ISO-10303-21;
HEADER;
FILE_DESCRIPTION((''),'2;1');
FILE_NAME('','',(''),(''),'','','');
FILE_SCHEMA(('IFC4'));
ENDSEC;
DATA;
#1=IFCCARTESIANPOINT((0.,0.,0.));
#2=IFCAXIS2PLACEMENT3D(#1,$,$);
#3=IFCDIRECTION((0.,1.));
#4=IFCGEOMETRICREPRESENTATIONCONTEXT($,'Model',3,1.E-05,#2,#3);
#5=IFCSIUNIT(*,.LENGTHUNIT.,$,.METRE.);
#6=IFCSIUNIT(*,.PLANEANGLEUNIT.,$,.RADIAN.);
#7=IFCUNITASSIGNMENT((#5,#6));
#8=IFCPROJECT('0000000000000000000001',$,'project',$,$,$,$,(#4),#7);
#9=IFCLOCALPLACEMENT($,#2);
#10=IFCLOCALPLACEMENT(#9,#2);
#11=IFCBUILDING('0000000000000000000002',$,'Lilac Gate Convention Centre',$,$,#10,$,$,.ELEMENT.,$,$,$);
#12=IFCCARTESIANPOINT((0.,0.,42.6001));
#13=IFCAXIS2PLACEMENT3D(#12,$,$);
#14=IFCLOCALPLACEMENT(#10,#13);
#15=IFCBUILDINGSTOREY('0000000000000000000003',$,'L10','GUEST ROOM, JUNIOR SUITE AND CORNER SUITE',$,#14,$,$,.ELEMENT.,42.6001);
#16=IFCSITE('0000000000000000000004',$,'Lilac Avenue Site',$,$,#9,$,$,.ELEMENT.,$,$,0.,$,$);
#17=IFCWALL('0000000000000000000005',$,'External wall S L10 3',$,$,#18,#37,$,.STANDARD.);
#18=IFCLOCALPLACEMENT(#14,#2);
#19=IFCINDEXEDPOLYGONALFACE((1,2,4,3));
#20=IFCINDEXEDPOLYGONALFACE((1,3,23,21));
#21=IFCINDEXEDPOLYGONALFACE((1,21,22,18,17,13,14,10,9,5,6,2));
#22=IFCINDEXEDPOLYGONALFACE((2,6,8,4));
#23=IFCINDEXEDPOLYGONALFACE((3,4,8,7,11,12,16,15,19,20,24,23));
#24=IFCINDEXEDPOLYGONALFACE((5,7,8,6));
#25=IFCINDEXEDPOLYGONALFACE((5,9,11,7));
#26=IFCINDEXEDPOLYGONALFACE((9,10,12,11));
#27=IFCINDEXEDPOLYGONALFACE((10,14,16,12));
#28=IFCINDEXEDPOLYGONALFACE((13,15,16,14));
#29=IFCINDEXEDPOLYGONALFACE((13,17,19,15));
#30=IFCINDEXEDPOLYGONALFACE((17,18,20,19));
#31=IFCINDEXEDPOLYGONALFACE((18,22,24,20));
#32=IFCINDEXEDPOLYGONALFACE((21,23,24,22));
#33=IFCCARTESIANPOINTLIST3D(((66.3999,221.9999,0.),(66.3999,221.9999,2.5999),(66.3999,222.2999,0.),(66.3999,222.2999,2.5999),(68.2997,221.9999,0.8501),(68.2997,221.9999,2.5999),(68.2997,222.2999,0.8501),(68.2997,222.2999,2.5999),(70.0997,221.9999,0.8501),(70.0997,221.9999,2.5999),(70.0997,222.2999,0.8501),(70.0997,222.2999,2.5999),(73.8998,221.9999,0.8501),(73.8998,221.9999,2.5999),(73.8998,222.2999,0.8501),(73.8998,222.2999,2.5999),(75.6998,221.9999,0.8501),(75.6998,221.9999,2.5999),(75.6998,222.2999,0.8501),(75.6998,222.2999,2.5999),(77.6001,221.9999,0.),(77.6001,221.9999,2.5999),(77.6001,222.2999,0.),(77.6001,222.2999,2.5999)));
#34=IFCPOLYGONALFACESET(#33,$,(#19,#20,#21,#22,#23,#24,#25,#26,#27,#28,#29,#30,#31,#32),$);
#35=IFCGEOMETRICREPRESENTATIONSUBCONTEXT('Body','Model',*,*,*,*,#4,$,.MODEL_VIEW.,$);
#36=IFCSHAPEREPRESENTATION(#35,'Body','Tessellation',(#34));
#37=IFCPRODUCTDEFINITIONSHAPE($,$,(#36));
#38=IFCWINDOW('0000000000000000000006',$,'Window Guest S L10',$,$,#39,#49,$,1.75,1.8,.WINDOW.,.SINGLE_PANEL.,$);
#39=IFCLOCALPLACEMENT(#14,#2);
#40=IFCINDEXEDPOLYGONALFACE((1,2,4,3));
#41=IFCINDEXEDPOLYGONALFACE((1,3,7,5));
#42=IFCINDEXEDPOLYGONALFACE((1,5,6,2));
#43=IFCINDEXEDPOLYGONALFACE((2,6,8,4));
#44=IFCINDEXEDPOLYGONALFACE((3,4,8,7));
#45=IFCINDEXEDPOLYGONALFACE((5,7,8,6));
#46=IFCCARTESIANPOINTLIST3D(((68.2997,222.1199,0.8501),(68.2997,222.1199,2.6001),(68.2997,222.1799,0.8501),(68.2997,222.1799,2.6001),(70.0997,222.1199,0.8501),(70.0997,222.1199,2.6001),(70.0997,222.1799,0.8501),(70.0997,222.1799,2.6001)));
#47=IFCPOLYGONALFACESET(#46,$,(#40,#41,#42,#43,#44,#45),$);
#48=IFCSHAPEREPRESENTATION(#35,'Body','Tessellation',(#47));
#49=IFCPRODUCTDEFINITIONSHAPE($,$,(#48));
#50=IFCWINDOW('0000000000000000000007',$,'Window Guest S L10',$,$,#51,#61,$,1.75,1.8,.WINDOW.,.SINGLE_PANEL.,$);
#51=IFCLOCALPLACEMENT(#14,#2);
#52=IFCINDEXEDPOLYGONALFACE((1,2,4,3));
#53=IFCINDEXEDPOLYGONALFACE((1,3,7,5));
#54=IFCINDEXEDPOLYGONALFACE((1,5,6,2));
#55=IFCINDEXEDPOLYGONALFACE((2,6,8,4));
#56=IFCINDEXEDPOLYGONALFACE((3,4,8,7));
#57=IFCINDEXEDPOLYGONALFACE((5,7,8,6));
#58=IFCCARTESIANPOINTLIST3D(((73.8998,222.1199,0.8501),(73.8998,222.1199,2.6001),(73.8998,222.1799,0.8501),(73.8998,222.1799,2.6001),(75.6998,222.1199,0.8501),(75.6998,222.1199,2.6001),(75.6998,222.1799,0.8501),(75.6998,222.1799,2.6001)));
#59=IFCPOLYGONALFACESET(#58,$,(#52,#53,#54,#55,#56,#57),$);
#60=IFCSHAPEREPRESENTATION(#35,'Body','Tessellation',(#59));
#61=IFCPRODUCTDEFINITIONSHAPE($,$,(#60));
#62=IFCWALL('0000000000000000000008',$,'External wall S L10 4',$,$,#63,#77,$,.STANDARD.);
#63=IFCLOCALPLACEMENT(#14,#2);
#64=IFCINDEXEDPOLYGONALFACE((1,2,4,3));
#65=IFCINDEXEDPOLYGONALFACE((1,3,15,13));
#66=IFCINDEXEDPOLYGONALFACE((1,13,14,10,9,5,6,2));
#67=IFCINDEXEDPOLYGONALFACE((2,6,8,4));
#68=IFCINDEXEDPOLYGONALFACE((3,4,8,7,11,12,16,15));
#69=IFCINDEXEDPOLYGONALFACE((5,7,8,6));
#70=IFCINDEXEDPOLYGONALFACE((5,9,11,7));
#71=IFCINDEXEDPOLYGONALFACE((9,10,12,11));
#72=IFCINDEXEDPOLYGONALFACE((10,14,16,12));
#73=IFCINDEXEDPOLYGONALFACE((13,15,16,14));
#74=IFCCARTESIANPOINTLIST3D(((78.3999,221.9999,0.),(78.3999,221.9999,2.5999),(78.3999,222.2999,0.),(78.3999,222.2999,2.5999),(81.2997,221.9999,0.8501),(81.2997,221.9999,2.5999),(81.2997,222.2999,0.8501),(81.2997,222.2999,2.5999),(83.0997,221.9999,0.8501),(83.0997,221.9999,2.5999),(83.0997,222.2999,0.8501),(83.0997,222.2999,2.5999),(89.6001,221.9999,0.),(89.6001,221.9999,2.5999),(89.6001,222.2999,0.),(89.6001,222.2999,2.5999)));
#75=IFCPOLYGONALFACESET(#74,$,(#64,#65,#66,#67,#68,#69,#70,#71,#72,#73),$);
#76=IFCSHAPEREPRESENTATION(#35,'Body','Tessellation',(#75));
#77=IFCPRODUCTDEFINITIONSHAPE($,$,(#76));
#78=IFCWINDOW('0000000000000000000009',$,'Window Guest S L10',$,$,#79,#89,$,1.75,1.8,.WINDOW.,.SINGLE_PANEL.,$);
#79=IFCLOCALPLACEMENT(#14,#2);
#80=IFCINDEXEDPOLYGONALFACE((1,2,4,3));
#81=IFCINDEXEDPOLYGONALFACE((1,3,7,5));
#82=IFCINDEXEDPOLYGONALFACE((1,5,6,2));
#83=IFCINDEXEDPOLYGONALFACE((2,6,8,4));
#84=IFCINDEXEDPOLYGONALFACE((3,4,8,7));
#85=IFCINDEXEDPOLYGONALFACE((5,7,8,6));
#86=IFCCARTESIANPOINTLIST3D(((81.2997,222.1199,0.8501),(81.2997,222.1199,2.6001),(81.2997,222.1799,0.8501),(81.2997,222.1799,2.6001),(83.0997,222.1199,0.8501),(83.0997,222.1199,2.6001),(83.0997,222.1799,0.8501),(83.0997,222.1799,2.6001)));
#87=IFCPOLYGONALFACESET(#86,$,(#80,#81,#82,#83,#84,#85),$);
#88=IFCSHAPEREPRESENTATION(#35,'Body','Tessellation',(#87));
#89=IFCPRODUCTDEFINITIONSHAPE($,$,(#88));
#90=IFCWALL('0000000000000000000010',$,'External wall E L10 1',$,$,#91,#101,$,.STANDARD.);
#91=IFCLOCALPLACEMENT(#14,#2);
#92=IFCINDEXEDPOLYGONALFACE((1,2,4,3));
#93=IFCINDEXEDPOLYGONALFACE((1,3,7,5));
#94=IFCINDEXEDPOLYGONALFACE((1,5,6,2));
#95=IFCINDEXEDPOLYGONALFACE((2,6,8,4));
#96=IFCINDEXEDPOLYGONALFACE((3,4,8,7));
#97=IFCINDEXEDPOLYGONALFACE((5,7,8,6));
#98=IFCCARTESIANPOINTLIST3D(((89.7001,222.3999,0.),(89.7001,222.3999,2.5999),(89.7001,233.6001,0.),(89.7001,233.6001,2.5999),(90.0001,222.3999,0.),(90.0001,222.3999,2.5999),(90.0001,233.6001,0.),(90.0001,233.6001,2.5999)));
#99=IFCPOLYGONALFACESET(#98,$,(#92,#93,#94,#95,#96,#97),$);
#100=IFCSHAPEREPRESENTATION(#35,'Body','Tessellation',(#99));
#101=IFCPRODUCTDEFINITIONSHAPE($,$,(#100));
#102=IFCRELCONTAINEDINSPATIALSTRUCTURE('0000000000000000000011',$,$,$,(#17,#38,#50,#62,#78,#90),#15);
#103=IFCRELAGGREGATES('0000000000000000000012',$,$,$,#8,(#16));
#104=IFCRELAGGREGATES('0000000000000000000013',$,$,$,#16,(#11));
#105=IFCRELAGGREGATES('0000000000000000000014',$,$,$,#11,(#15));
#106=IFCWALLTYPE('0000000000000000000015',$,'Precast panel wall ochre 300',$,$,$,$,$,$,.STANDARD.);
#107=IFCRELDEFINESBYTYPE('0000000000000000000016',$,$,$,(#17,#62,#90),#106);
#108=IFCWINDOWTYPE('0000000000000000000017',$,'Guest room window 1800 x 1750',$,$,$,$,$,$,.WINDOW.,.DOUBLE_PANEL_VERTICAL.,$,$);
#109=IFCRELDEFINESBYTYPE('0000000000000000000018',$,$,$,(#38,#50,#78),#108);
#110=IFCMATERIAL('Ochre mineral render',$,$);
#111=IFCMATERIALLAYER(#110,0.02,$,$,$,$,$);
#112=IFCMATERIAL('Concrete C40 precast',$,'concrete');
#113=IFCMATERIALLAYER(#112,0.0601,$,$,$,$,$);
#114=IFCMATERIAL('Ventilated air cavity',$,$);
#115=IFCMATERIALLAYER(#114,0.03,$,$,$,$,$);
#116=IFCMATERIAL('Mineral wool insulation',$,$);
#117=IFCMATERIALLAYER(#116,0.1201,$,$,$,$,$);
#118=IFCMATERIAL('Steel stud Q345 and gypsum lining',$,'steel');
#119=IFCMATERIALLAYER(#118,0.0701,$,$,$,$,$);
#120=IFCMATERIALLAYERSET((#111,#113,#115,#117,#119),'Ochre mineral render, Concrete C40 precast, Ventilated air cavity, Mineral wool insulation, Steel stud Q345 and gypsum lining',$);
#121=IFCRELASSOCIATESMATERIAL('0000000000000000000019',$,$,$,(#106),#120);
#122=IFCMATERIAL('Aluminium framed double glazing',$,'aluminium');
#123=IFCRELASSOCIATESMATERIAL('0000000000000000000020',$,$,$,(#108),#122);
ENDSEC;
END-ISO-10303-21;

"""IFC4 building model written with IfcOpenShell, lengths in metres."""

from ifc_helpers import new_model, si_unit, direction, frame, frame_2d, origin, place, context, subcontext, project, spatial, rectangle, extrude, material, layer, layer_set, type_object, element, fill, save


model = new_model("IFC4")

# Units and contexts
model_context = context("Model", 3, precision=1e-05, world=origin(), true_north=direction((0.0, 1.0)))
body_context = subcontext(model_context, "Body", "Model", "MODEL_VIEW")
ifc_project = project(units=[si_unit("LENGTHUNIT", "METRE"), si_unit("PLANEANGLEUNIT", "RADIAN")], contexts=[model_context])

# Site, building, storey
site_placement = place(None, origin())
site = spatial("IfcSite", under=ifc_project, at=site_placement, Name="Lilac Avenue Site", CompositionType="ELEMENT", RefElevation=0.0)
building_placement = place(site_placement, origin())
building = spatial("IfcBuilding", under=site, at=building_placement, Name="Lilac Gate Convention Centre", CompositionType="ELEMENT")
storey_placement = place(building_placement, frame((0.0, 0.0, 42.6001)))
storey = spatial("IfcBuildingStorey", under=building, at=storey_placement, Name="L10", Description="GUEST ROOM, JUNIOR SUITE AND CORNER SUITE", CompositionType="ELEMENT", Elevation=42.6001)

# Shared definitions
ifc_material_1 = material(Name="Concrete C40 precast", Category="concrete")

# Wall, openings, windows
ifc_material_2 = material(Name="Ochre mineral render")
ifc_layer_1 = layer(ifc_material_2, 0.02)
ifc_layer_2 = layer(ifc_material_1, 0.0601)
ifc_material_3 = material(Name="Ventilated air cavity")
ifc_layer_3 = layer(ifc_material_3, 0.03)
ifc_material_4 = material(Name="Mineral wool insulation")
ifc_layer_4 = layer(ifc_material_4, 0.1201)
ifc_material_5 = material(Name="Steel stud Q345 and gypsum lining", Category="steel")
ifc_layer_5 = layer(ifc_material_5, 0.0701)
ifc_layer_set_1 = layer_set([ifc_layer_1, ifc_layer_2, ifc_layer_3, ifc_layer_4, ifc_layer_5], Name="Ochre mineral render, Concrete C40 precast, Ventilated air cavity, Mineral wool insulation, Steel stud Q345 and gypsum lining")
wall_type_1 = type_object("IfcWallType", Name="Precast panel wall ochre 300", PredefinedType="STANDARD", material=ifc_layer_set_1)
ifc_material_6 = material(Name="Aluminium framed double glazing", Category="aluminium")
window_type = type_object("IfcWindowType", Name="Guest room window 1800 x 1750", PartitioningType="DOUBLE_PANEL_VERTICAL", PredefinedType="WINDOW", material=ifc_material_6)
wall_1_placement = place(storey_placement, frame((66.3999, 222.1499, 0.0), z_axis=(0.0, 0.0, 1.0), x_axis=(1.0, 0.0, 0.0)))
wall_1 = element("IfcWall", 1, at=wall_1_placement, inside=storey, type_object=wall_type_1, Name="External wall S L10 3", PredefinedType="STANDARD", context=body_context, shape_type="SweptSolid", body=[
    extrude(rectangle(XDim=11.2002, YDim=0.3, at=frame_2d((5.6001, 0.0))), origin(), (0.0, 0.0, 1.0), 2.5999),
])
opening_1_placement = place(wall_1_placement, frame((1.8999, 0.0, 0.8501)))
opening_1 = element("IfcOpeningElement", 2, at=opening_1_placement, cuts=wall_1, PredefinedType="OPENING", context=body_context, shape_type="SweptSolid", body=[
    extrude(rectangle(XDim=1.8, YDim=1.75, at=frame_2d((0.8999, 0.875))), frame((0.0, 0.1599, 0.0), z_axis=(0.0, -1.0, 0.0), x_axis=(1.0, 0.0, 0.0)), (0.0, 0.0, 1.0), 0.3201),
])
opening_2_placement = place(wall_1_placement, frame((7.5, 0.0, 0.8501)))
opening_2 = element("IfcOpeningElement", 3, at=opening_2_placement, cuts=wall_1, PredefinedType="OPENING", context=body_context, shape_type="SweptSolid", body=[
    extrude(rectangle(XDim=1.8, YDim=1.75, at=frame_2d((0.8999, 0.875))), frame((0.0, 0.1599, 0.0), z_axis=(0.0, -1.0, 0.0), x_axis=(1.0, 0.0, 0.0)), (0.0, 0.0, 1.0), 0.3201),
])
window_1_placement = place(opening_1_placement, origin())
window_1 = element("IfcWindow", 4, at=window_1_placement, inside=storey, type_object=window_type, Name="Window Guest S L10", OverallHeight=1.75, OverallWidth=1.8, PartitioningType="SINGLE_PANEL", PredefinedType="WINDOW", context=body_context, shape_type="SweptSolid", body=[
    extrude(rectangle(XDim=1.8, YDim=1.75, at=frame_2d((0.8999, 0.875))), frame((0.0, 0.03, 0.0), z_axis=(0.0, -1.0, 0.0), x_axis=(1.0, 0.0, 0.0)), (0.0, 0.0, 1.0), 0.0601),
])
fill(opening_1, window_1)
window_2_placement = place(opening_2_placement, origin())
window_2 = element("IfcWindow", 5, at=window_2_placement, inside=storey, type_object=window_type, Name="Window Guest S L10", OverallHeight=1.75, OverallWidth=1.8, PartitioningType="SINGLE_PANEL", PredefinedType="WINDOW", context=body_context, shape_type="SweptSolid", body=[
    extrude(rectangle(XDim=1.8, YDim=1.75, at=frame_2d((0.8999, 0.875))), frame((0.0, 0.03, 0.0), z_axis=(0.0, -1.0, 0.0), x_axis=(1.0, 0.0, 0.0)), (0.0, 0.0, 1.0), 0.0601),
])
fill(opening_2, window_2)

# Wall, opening, window
wall_2_placement = place(storey_placement, frame((78.3999, 222.1499, 0.0), z_axis=(0.0, 0.0, 1.0), x_axis=(1.0, 0.0, 0.0)))
wall_2 = element("IfcWall", 6, at=wall_2_placement, inside=storey, type_object=wall_type_1, Name="External wall S L10 4", PredefinedType="STANDARD", context=body_context, shape_type="SweptSolid", body=[
    extrude(rectangle(XDim=11.2002, YDim=0.3, at=frame_2d((5.6001, 0.0))), origin(), (0.0, 0.0, 1.0), 2.5999),
])
opening_3_placement = place(wall_2_placement, frame((2.8999, 0.0, 0.8501)))
opening_3 = element("IfcOpeningElement", 7, at=opening_3_placement, cuts=wall_2, PredefinedType="OPENING", context=body_context, shape_type="SweptSolid", body=[
    extrude(rectangle(XDim=1.8, YDim=1.75, at=frame_2d((0.8999, 0.875))), frame((0.0, 0.1599, 0.0), z_axis=(0.0, -1.0, 0.0), x_axis=(1.0, 0.0, 0.0)), (0.0, 0.0, 1.0), 0.3201),
])
window_3_placement = place(opening_3_placement, origin())
window_3 = element("IfcWindow", 8, at=window_3_placement, inside=storey, type_object=window_type, Name="Window Guest S L10", OverallHeight=1.75, OverallWidth=1.8, PartitioningType="SINGLE_PANEL", PredefinedType="WINDOW", context=body_context, shape_type="SweptSolid", body=[
    extrude(rectangle(XDim=1.8, YDim=1.75, at=frame_2d((0.8999, 0.875))), frame((0.0, 0.03, 0.0), z_axis=(0.0, -1.0, 0.0), x_axis=(1.0, 0.0, 0.0)), (0.0, 0.0, 1.0), 0.0601),
])
fill(opening_3, window_3)

# Wall
wall_3_placement = place(storey_placement, frame((89.8501, 222.3999, 0.0), z_axis=(0.0, 0.0, 1.0), x_axis=(0.0, 1.0, 0.0)))
element("IfcWall", 9, at=wall_3_placement, inside=storey, type_object=wall_type_1, Name="External wall E L10 1", PredefinedType="STANDARD", context=body_context, shape_type="SweptSolid", body=[
    extrude(rectangle(XDim=11.2002, YDim=0.3, at=frame_2d((5.6001, 0.0))), origin(), (0.0, 0.0, 1.0), 2.5999),
])

save(model, "model.ifc")
